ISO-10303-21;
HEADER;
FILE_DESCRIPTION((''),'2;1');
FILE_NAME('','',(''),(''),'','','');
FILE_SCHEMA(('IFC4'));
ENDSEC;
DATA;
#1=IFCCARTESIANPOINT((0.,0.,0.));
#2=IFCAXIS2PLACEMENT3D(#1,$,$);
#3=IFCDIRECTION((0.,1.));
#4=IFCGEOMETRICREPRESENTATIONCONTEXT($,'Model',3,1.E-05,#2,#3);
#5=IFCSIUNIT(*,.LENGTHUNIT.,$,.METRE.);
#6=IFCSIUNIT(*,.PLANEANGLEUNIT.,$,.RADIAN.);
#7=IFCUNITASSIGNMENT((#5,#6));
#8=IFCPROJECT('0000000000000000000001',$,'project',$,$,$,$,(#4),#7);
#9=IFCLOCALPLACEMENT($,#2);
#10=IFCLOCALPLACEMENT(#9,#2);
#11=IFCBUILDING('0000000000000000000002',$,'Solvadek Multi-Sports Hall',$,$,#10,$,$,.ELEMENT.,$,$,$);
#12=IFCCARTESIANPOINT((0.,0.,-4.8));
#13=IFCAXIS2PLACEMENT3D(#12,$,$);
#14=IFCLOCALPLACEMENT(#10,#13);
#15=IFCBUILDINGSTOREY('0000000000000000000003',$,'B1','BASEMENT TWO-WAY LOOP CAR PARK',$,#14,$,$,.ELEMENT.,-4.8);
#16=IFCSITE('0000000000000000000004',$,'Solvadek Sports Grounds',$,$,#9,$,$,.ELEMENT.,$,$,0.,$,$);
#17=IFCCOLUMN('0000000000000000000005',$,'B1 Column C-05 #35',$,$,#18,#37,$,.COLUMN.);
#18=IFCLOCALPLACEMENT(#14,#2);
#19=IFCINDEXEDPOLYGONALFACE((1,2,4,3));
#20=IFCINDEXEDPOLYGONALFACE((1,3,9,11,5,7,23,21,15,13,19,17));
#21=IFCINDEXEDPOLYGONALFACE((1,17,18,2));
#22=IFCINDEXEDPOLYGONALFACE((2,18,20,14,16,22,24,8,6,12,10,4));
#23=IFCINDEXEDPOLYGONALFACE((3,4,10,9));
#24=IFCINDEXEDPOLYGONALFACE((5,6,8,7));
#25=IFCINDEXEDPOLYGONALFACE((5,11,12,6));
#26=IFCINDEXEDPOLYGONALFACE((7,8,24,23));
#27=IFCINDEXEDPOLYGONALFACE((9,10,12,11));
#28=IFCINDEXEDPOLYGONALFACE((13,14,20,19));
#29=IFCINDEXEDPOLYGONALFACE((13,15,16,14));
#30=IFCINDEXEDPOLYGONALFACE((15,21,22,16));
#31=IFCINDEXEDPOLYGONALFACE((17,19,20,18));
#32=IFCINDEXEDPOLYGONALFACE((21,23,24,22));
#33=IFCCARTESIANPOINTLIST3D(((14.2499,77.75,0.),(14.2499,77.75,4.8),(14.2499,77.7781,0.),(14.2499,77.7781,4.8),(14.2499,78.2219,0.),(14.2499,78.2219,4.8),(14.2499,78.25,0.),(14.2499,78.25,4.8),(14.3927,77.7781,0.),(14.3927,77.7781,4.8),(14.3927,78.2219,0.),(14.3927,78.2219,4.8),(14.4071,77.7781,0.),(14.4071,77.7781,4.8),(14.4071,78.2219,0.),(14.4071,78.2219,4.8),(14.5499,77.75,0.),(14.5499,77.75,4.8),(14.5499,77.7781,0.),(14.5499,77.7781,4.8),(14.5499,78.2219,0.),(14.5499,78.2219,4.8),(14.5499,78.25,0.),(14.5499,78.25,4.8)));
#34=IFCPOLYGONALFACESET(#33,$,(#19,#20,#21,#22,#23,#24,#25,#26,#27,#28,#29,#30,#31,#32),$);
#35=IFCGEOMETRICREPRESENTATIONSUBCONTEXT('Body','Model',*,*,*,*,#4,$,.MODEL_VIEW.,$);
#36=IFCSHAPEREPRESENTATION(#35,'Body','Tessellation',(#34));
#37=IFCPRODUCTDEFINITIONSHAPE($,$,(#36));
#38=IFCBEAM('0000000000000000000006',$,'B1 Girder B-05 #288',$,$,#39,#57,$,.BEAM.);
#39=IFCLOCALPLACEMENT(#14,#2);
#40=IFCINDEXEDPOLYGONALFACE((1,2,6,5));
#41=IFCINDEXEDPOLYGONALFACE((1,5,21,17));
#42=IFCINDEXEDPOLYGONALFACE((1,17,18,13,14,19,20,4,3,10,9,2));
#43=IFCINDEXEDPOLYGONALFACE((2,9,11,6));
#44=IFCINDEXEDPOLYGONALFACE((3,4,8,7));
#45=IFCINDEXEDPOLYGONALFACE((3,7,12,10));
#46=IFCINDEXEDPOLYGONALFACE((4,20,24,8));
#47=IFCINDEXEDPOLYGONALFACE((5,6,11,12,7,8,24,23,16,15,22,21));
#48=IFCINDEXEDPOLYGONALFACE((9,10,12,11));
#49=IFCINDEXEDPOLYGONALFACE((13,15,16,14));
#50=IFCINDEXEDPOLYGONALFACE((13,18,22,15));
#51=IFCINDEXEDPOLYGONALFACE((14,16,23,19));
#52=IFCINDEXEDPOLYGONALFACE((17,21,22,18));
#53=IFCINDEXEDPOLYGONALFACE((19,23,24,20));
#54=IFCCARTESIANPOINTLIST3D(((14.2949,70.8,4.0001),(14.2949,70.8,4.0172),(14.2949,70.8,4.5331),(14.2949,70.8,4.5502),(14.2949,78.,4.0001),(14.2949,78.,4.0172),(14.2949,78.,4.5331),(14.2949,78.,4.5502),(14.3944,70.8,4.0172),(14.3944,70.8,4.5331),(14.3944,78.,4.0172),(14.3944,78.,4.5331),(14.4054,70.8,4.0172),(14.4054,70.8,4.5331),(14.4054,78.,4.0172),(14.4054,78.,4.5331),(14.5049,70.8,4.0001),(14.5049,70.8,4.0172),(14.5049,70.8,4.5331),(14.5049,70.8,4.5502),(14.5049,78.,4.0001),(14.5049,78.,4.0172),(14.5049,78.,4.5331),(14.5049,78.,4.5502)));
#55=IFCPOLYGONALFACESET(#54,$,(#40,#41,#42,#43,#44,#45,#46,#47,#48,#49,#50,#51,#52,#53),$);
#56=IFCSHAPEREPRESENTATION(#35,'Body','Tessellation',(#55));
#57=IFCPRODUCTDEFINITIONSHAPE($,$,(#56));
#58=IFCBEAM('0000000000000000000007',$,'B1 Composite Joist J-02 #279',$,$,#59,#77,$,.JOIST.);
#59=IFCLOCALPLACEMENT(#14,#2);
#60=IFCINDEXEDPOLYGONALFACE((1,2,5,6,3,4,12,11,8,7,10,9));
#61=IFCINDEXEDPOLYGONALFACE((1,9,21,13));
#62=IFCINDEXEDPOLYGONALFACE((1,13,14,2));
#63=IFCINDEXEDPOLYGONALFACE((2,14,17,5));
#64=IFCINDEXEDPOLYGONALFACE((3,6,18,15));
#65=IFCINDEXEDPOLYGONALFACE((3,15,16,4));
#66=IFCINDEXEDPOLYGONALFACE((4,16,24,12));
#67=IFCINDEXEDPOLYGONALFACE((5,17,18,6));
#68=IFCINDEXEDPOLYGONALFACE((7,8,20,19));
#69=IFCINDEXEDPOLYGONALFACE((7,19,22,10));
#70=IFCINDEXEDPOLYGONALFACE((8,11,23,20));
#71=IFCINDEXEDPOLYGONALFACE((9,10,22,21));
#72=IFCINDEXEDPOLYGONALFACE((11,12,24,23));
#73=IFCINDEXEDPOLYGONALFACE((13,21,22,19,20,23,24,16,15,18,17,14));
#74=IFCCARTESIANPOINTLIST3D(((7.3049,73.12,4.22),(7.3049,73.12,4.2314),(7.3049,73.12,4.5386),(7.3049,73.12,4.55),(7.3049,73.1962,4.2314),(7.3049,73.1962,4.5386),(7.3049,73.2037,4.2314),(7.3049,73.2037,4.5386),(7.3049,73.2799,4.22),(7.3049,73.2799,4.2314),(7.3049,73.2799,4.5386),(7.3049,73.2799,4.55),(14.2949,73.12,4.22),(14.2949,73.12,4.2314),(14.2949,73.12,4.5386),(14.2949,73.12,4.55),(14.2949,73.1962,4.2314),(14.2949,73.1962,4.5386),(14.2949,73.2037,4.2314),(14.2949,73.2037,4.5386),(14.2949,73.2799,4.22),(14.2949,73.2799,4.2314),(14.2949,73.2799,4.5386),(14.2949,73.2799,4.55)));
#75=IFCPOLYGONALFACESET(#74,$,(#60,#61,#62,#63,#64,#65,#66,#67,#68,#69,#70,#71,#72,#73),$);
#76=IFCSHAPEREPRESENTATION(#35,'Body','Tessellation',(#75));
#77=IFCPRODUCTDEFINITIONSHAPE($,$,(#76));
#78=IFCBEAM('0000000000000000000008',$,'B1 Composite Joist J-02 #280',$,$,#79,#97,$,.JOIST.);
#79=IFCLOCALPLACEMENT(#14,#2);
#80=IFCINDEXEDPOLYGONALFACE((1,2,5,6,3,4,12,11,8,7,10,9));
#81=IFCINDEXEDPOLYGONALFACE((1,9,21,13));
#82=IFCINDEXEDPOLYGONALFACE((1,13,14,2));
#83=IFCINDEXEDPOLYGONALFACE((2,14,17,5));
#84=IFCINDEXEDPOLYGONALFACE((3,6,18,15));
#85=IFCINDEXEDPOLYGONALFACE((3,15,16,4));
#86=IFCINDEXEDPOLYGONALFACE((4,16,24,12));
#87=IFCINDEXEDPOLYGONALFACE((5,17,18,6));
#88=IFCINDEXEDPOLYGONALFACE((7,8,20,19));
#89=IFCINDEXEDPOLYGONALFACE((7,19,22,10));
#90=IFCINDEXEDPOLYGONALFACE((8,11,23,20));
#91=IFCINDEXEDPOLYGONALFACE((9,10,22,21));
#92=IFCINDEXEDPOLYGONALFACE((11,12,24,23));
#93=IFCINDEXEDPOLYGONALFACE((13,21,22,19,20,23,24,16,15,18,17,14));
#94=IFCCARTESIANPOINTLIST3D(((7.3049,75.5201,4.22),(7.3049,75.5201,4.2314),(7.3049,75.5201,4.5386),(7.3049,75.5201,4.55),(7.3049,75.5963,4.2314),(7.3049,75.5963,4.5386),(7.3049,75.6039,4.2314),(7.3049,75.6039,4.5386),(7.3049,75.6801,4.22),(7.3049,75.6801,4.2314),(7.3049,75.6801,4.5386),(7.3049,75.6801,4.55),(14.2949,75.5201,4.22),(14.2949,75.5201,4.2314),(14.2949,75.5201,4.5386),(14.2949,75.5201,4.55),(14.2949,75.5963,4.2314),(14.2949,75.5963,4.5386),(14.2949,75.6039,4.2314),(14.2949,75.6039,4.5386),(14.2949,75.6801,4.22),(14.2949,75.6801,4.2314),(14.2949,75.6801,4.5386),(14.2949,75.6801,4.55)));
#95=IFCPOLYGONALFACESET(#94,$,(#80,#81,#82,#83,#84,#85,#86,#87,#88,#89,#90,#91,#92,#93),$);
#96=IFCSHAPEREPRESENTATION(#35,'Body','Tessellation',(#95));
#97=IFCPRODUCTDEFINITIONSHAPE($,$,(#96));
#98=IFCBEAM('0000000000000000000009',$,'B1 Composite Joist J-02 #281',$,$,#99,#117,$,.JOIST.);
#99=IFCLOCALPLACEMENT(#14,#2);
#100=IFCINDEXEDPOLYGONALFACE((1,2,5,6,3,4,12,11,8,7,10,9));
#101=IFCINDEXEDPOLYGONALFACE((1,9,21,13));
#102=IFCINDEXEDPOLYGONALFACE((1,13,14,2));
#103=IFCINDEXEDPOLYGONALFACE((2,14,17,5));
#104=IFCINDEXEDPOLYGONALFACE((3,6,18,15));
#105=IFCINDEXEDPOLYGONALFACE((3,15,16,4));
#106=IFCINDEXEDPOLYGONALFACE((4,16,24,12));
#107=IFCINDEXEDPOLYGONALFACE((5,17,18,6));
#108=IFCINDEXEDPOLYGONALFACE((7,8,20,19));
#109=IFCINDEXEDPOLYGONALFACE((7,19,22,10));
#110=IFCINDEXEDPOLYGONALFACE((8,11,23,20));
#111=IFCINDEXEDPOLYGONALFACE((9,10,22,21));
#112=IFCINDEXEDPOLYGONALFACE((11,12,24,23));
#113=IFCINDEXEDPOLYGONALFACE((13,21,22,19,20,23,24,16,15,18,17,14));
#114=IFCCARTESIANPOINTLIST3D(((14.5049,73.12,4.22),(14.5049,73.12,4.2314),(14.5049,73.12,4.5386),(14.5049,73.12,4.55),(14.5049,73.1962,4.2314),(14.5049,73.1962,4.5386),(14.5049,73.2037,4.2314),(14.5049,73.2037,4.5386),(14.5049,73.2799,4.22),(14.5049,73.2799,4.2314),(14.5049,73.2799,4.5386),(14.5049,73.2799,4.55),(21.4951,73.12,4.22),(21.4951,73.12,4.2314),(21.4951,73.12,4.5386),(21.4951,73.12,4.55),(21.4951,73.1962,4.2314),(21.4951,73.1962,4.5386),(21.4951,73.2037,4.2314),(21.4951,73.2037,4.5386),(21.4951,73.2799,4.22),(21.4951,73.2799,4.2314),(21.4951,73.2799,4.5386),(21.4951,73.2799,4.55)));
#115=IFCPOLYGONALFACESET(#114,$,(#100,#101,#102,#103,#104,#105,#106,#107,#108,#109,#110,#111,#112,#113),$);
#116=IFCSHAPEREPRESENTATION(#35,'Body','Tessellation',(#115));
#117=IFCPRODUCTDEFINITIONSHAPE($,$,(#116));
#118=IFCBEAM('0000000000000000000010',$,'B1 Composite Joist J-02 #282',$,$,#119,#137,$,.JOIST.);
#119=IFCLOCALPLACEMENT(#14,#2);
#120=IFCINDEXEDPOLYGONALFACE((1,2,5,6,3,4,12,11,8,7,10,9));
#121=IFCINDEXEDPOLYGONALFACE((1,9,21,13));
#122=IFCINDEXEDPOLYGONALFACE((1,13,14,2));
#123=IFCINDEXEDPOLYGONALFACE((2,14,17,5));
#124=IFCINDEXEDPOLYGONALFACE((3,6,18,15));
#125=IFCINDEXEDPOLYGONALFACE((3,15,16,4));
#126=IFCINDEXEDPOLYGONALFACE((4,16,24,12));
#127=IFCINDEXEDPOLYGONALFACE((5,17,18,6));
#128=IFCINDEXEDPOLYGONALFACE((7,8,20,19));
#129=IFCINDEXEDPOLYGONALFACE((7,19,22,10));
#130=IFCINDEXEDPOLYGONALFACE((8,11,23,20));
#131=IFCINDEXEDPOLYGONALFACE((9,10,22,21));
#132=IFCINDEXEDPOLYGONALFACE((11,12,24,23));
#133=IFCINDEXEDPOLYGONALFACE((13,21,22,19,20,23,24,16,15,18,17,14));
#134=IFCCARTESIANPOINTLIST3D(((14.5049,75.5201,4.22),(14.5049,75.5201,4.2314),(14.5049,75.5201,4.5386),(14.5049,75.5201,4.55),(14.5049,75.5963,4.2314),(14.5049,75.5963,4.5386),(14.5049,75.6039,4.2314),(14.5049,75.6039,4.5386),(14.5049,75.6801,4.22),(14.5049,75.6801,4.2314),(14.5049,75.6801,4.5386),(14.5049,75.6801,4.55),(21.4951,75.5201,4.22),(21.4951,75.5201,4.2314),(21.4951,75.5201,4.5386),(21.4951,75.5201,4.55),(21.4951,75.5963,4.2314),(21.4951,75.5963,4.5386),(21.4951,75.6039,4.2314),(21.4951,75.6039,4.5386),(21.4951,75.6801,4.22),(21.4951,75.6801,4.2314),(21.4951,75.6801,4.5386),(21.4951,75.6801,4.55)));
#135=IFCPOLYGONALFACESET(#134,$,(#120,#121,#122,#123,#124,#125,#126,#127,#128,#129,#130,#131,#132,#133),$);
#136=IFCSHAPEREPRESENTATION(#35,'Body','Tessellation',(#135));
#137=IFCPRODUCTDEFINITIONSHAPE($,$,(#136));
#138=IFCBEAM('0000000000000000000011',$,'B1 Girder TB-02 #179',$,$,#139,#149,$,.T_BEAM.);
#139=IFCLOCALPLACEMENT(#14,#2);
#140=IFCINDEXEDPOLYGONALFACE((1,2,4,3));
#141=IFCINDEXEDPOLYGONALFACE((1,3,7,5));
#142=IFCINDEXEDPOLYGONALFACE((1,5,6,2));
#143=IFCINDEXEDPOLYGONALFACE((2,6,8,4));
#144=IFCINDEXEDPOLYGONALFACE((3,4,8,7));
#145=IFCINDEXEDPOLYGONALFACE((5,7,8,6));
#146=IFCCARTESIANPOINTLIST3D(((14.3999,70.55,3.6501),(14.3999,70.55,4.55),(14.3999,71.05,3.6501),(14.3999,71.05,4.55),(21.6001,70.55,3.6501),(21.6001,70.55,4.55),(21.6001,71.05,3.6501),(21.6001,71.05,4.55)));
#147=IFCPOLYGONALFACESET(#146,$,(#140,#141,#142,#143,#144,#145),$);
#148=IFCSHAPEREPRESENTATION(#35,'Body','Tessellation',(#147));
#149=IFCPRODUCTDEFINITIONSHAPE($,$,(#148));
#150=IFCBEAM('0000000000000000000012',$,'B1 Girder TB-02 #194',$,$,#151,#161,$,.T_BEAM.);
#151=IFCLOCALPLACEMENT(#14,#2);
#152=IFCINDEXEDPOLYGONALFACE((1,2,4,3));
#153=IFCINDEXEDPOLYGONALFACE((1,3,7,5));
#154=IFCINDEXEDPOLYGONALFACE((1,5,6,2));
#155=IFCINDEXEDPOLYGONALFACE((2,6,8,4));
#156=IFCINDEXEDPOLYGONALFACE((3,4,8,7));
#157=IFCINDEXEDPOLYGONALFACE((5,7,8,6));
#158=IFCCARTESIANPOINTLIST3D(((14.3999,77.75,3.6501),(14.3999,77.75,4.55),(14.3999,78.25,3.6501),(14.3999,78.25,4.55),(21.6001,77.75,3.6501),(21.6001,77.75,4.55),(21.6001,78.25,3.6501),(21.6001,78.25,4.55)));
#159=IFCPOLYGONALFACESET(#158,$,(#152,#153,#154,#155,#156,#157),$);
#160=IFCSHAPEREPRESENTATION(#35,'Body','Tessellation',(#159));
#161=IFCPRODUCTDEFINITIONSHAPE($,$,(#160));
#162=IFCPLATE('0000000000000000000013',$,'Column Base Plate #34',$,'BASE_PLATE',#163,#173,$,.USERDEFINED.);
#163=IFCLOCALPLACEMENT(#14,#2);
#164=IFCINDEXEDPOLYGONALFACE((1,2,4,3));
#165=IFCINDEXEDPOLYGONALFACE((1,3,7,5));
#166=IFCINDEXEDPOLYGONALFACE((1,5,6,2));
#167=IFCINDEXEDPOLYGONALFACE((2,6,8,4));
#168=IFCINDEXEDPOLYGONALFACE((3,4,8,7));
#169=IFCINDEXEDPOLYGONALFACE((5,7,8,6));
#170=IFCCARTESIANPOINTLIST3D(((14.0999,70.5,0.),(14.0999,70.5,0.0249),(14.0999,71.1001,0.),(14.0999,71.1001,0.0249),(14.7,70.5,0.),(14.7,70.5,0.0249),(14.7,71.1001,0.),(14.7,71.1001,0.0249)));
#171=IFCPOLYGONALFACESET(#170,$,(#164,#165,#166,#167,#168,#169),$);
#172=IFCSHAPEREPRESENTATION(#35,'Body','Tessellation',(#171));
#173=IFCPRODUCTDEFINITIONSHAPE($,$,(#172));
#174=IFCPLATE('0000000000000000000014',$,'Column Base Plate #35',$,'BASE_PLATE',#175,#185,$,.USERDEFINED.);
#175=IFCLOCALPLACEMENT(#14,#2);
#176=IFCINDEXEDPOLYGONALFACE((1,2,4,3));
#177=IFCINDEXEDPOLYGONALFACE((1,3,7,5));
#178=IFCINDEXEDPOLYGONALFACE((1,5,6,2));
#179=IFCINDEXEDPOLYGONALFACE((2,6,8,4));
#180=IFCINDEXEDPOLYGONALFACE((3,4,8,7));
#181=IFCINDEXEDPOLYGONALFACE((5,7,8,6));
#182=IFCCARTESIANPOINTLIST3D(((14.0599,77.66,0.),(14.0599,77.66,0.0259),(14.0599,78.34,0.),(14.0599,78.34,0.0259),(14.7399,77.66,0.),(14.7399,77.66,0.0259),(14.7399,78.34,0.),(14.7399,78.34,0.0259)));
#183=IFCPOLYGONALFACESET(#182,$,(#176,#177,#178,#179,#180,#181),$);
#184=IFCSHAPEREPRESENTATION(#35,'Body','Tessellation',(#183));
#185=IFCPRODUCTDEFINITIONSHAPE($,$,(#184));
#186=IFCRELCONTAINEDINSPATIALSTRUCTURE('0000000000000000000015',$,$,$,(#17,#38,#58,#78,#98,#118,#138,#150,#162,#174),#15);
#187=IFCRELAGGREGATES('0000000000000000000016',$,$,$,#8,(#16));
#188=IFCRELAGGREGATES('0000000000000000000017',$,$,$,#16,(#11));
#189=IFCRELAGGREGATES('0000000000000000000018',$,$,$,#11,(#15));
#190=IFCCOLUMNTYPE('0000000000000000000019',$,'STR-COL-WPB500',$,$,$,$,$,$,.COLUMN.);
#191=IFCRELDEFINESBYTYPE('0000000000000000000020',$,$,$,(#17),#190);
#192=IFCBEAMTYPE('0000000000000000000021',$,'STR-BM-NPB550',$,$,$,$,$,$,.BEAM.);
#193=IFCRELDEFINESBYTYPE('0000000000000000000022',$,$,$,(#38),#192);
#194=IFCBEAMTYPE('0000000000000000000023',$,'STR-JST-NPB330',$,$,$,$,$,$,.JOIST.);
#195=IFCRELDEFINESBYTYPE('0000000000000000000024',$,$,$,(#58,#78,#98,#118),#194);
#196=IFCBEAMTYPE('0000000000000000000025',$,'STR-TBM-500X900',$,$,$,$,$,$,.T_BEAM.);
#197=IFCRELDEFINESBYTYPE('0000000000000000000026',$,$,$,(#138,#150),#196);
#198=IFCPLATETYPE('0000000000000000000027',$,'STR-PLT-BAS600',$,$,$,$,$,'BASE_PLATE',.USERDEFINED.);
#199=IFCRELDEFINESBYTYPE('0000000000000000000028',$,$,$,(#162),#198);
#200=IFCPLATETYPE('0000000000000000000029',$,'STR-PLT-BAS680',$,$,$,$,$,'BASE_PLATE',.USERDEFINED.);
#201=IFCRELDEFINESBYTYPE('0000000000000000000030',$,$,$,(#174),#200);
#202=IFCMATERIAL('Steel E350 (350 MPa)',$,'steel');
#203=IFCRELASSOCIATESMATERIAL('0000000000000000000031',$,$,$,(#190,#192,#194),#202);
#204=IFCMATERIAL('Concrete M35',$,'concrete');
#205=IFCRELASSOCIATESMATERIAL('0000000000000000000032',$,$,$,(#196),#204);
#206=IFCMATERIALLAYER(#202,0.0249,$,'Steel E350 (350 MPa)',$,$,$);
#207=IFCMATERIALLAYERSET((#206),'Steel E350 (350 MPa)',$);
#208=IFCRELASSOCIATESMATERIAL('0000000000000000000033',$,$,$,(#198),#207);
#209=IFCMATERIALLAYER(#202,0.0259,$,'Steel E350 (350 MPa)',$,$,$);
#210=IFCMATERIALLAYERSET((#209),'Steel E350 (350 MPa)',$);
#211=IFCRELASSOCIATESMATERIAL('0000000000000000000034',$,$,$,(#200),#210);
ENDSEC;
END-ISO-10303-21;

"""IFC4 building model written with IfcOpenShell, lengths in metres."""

from ifc_helpers import new_model, si_unit, direction, frame, origin, origin_2d, place, context, subcontext, project, spatial, rectangle, i_section, extrude, material, layer, layer_set, material_profile, profile_set, type_object, element, save


model = new_model("IFC4")

# Units and contexts
model_context = context("Model", 3, precision=1e-05, world=origin(), true_north=direction((0.0, 1.0)))
body_context = subcontext(model_context, "Body", "Model", "MODEL_VIEW")
ifc_project = project(units=[si_unit("LENGTHUNIT", "METRE"), si_unit("PLANEANGLEUNIT", "RADIAN")], contexts=[model_context])

# Site, building, storey
site_placement = place(None, origin())
site = spatial("IfcSite", under=ifc_project, at=site_placement, Name="Solvadek Sports Grounds", CompositionType="ELEMENT", RefElevation=0.0)
building_placement = place(site_placement, origin())
building = spatial("IfcBuilding", under=site, at=building_placement, Name="Solvadek Multi-Sports Hall", CompositionType="ELEMENT")
storey_placement = place(building_placement, frame((0.0, 0.0, -4.8)))
storey = spatial("IfcBuildingStorey", under=building, at=storey_placement, Name="B1", Description="BASEMENT TWO-WAY LOOP CAR PARK", CompositionType="ELEMENT", Elevation=-4.8)

# Shared definitions
ifc_material_1 = material(Name="Concrete M35", Category="concrete")

# Column
ifc_material_2 = material(Name="Steel E350 (350 MPa)", Category="steel")
ifc_material_profile_1 = material_profile(ifc_material_2, i_section(OverallWidth=0.3, OverallDepth=0.5, WebThickness=0.0144, FlangeThickness=0.0281, at=origin_2d()), Name="WPB 500")
ifc_profile_set_1 = profile_set([ifc_material_profile_1], Name="Steel E350 (350 MPa)")
column_type_1 = type_object("IfcColumnType", Name="STR-COL-WPB500", PredefinedType="COLUMN", material=ifc_profile_set_1)
column_1_placement = place(storey_placement, frame((14.3999, 78.0, 0.0), z_axis=(0.0, 0.0, 1.0), x_axis=(1.0, 0.0, 0.0)))
element("IfcColumn", 1, at=column_1_placement, inside=storey, type_object=column_type_1, Name="B1 Column C-05 #35", PredefinedType="COLUMN", context=body_context, shape_type="SweptSolid", body=[
    extrude(i_section(OverallWidth=0.3, OverallDepth=0.5, WebThickness=0.0144, FlangeThickness=0.0281, at=origin_2d()), origin(), (0.0, 0.0, 1.0), 4.8),
])

# Beams
ifc_material_profile_2 = material_profile(ifc_material_2, i_section(OverallWidth=0.21, OverallDepth=0.55, WebThickness=0.011, FlangeThickness=0.0171, at=origin_2d()), Name="NPB 550")
ifc_profile_set_2 = profile_set([ifc_material_profile_2], Name="Steel E350 (350 MPa)")
beam_type_1 = type_object("IfcBeamType", Name="STR-BM-NPB550", PredefinedType="BEAM", material=ifc_profile_set_2)
beam_placement = place(storey_placement, frame((14.3999, 70.8, 4.2751), z_axis=(0.0, 1.0, 0.0), x_axis=(-1.0, 0.0, 0.0)))
element("IfcBeam", 2, at=beam_placement, inside=storey, type_object=beam_type_1, Name="B1 Girder B-05 #288", PredefinedType="BEAM", context=body_context, shape_type="SweptSolid", body=[
    extrude(i_section(OverallWidth=0.21, OverallDepth=0.55, WebThickness=0.011, FlangeThickness=0.0171, at=origin_2d()), origin(), (0.0, 0.0, 1.0), 7.2),
])
ifc_material_profile_3 = material_profile(ifc_material_2, i_section(OverallWidth=0.1599, OverallDepth=0.3301, WebThickness=0.0076, FlangeThickness=0.0115, at=origin_2d()), Name="NPB 330")
ifc_profile_set_3 = profile_set([ifc_material_profile_3], Name="Steel E350 (350 MPa)")
beam_type_2 = type_object("IfcBeamType", Name="STR-JST-NPB330", PredefinedType="JOIST", material=ifc_profile_set_3)
for number, where, z_axis, x_axis, name in (
    (3, (7.3049, 73.2, 4.385), (1.0, 0.0, 0.0), (0.0, 1.0, 0.0), "B1 Composite Joist J-02 #279"),
    (4, (7.3049, 75.6001, 4.385), (1.0, 0.0, 0.0), (0.0, 1.0, 0.0), "B1 Composite Joist J-02 #280"),
):
    element("IfcBeam", number, at=place(storey_placement, frame(where, z_axis=z_axis, x_axis=x_axis)), inside=storey, type_object=beam_type_2, Name=name, PredefinedType="JOIST", context=body_context, shape_type="SweptSolid", body=[
        extrude(i_section(OverallWidth=0.1599, OverallDepth=0.3301, WebThickness=0.0076, FlangeThickness=0.0115, at=origin_2d()), origin(), (0.0, 0.0, 1.0), 6.99),
    ])
for number, where, z_axis, x_axis, name in (
    (5, (14.5049, 73.2, 4.385), (1.0, 0.0, 0.0), (0.0, 1.0, 0.0), "B1 Composite Joist J-02 #281"),
    (6, (14.5049, 75.6001, 4.385), (1.0, 0.0, 0.0), (0.0, 1.0, 0.0), "B1 Composite Joist J-02 #282"),
):
    element("IfcBeam", number, at=place(storey_placement, frame(where, z_axis=z_axis, x_axis=x_axis)), inside=storey, type_object=beam_type_2, Name=name, PredefinedType="JOIST", context=body_context, shape_type="SweptSolid", body=[
        extrude(i_section(OverallWidth=0.1599, OverallDepth=0.3301, WebThickness=0.0076, FlangeThickness=0.0115, at=origin_2d()), origin(), (0.0, 0.0, 1.0), 6.9902),
    ])
ifc_material_profile_4 = material_profile(ifc_material_1, rectangle(XDim=0.5, YDim=0.8999, at=origin_2d()), Name="RC T-BEAM 500x900")
ifc_profile_set_4 = profile_set([ifc_material_profile_4], Name="Concrete M35")
beam_type_3 = type_object("IfcBeamType", Name="STR-TBM-500X900", PredefinedType="T_BEAM", material=ifc_profile_set_4)
for number, where, z_axis, x_axis, name in (
    (7, (14.3999, 70.8, 4.1001), (1.0, 0.0, 0.0), (0.0, 1.0, 0.0), "B1 Girder TB-02 #179"),
    (8, (14.3999, 78.0, 4.1001), (1.0, 0.0, 0.0), (0.0, 1.0, 0.0), "B1 Girder TB-02 #194"),
):
    element("IfcBeam", number, at=place(storey_placement, frame(where, z_axis=z_axis, x_axis=x_axis)), inside=storey, type_object=beam_type_3, Name=name, PredefinedType="T_BEAM", context=body_context, shape_type="SweptSolid", body=[
        extrude(rectangle(XDim=0.5, YDim=0.8999, at=origin_2d()), origin(), (0.0, 0.0, 1.0), 7.2002),
    ])

# Plates
ifc_layer_1 = layer(ifc_material_2, 0.0249, Name="Steel E350 (350 MPa)")
ifc_layer_set_1 = layer_set([ifc_layer_1], Name="Steel E350 (350 MPa)")
plate_type_1 = type_object("IfcPlateType", Name="STR-PLT-BAS600", ElementType="BASE_PLATE", PredefinedType="USERDEFINED", material=ifc_layer_set_1)
plate_1_placement = place(storey_placement, frame((14.3999, 70.8, 0.0), z_axis=(0.0, 0.0, 1.0), x_axis=(1.0, 0.0, 0.0)))
element("IfcPlate", 9, at=plate_1_placement, inside=storey, type_object=plate_type_1, Name="Column Base Plate #34", ObjectType="BASE_PLATE", PredefinedType="USERDEFINED", context=body_context, shape_type="SweptSolid", body=[
    extrude(rectangle(XDim=0.6001, YDim=0.6001, at=origin_2d()), origin(), (0.0, 0.0, 1.0), 0.0249),
])
ifc_layer_2 = layer(ifc_material_2, 0.0259, Name="Steel E350 (350 MPa)")
ifc_layer_set_2 = layer_set([ifc_layer_2], Name="Steel E350 (350 MPa)")
plate_type_2 = type_object("IfcPlateType", Name="STR-PLT-BAS680", ElementType="BASE_PLATE", PredefinedType="USERDEFINED", material=ifc_layer_set_2)
plate_2_placement = place(storey_placement, frame((14.3999, 78.0, 0.0), z_axis=(0.0, 0.0, 1.0), x_axis=(1.0, 0.0, 0.0)))
element("IfcPlate", 10, at=plate_2_placement, inside=storey, type_object=plate_type_2, Name="Column Base Plate #35", ObjectType="BASE_PLATE", PredefinedType="USERDEFINED", context=body_context, shape_type="SweptSolid", body=[
    extrude(rectangle(XDim=0.6799, YDim=0.6799, at=origin_2d()), origin(), (0.0, 0.0, 1.0), 0.0259),
])

save(model, "model.ifc")
